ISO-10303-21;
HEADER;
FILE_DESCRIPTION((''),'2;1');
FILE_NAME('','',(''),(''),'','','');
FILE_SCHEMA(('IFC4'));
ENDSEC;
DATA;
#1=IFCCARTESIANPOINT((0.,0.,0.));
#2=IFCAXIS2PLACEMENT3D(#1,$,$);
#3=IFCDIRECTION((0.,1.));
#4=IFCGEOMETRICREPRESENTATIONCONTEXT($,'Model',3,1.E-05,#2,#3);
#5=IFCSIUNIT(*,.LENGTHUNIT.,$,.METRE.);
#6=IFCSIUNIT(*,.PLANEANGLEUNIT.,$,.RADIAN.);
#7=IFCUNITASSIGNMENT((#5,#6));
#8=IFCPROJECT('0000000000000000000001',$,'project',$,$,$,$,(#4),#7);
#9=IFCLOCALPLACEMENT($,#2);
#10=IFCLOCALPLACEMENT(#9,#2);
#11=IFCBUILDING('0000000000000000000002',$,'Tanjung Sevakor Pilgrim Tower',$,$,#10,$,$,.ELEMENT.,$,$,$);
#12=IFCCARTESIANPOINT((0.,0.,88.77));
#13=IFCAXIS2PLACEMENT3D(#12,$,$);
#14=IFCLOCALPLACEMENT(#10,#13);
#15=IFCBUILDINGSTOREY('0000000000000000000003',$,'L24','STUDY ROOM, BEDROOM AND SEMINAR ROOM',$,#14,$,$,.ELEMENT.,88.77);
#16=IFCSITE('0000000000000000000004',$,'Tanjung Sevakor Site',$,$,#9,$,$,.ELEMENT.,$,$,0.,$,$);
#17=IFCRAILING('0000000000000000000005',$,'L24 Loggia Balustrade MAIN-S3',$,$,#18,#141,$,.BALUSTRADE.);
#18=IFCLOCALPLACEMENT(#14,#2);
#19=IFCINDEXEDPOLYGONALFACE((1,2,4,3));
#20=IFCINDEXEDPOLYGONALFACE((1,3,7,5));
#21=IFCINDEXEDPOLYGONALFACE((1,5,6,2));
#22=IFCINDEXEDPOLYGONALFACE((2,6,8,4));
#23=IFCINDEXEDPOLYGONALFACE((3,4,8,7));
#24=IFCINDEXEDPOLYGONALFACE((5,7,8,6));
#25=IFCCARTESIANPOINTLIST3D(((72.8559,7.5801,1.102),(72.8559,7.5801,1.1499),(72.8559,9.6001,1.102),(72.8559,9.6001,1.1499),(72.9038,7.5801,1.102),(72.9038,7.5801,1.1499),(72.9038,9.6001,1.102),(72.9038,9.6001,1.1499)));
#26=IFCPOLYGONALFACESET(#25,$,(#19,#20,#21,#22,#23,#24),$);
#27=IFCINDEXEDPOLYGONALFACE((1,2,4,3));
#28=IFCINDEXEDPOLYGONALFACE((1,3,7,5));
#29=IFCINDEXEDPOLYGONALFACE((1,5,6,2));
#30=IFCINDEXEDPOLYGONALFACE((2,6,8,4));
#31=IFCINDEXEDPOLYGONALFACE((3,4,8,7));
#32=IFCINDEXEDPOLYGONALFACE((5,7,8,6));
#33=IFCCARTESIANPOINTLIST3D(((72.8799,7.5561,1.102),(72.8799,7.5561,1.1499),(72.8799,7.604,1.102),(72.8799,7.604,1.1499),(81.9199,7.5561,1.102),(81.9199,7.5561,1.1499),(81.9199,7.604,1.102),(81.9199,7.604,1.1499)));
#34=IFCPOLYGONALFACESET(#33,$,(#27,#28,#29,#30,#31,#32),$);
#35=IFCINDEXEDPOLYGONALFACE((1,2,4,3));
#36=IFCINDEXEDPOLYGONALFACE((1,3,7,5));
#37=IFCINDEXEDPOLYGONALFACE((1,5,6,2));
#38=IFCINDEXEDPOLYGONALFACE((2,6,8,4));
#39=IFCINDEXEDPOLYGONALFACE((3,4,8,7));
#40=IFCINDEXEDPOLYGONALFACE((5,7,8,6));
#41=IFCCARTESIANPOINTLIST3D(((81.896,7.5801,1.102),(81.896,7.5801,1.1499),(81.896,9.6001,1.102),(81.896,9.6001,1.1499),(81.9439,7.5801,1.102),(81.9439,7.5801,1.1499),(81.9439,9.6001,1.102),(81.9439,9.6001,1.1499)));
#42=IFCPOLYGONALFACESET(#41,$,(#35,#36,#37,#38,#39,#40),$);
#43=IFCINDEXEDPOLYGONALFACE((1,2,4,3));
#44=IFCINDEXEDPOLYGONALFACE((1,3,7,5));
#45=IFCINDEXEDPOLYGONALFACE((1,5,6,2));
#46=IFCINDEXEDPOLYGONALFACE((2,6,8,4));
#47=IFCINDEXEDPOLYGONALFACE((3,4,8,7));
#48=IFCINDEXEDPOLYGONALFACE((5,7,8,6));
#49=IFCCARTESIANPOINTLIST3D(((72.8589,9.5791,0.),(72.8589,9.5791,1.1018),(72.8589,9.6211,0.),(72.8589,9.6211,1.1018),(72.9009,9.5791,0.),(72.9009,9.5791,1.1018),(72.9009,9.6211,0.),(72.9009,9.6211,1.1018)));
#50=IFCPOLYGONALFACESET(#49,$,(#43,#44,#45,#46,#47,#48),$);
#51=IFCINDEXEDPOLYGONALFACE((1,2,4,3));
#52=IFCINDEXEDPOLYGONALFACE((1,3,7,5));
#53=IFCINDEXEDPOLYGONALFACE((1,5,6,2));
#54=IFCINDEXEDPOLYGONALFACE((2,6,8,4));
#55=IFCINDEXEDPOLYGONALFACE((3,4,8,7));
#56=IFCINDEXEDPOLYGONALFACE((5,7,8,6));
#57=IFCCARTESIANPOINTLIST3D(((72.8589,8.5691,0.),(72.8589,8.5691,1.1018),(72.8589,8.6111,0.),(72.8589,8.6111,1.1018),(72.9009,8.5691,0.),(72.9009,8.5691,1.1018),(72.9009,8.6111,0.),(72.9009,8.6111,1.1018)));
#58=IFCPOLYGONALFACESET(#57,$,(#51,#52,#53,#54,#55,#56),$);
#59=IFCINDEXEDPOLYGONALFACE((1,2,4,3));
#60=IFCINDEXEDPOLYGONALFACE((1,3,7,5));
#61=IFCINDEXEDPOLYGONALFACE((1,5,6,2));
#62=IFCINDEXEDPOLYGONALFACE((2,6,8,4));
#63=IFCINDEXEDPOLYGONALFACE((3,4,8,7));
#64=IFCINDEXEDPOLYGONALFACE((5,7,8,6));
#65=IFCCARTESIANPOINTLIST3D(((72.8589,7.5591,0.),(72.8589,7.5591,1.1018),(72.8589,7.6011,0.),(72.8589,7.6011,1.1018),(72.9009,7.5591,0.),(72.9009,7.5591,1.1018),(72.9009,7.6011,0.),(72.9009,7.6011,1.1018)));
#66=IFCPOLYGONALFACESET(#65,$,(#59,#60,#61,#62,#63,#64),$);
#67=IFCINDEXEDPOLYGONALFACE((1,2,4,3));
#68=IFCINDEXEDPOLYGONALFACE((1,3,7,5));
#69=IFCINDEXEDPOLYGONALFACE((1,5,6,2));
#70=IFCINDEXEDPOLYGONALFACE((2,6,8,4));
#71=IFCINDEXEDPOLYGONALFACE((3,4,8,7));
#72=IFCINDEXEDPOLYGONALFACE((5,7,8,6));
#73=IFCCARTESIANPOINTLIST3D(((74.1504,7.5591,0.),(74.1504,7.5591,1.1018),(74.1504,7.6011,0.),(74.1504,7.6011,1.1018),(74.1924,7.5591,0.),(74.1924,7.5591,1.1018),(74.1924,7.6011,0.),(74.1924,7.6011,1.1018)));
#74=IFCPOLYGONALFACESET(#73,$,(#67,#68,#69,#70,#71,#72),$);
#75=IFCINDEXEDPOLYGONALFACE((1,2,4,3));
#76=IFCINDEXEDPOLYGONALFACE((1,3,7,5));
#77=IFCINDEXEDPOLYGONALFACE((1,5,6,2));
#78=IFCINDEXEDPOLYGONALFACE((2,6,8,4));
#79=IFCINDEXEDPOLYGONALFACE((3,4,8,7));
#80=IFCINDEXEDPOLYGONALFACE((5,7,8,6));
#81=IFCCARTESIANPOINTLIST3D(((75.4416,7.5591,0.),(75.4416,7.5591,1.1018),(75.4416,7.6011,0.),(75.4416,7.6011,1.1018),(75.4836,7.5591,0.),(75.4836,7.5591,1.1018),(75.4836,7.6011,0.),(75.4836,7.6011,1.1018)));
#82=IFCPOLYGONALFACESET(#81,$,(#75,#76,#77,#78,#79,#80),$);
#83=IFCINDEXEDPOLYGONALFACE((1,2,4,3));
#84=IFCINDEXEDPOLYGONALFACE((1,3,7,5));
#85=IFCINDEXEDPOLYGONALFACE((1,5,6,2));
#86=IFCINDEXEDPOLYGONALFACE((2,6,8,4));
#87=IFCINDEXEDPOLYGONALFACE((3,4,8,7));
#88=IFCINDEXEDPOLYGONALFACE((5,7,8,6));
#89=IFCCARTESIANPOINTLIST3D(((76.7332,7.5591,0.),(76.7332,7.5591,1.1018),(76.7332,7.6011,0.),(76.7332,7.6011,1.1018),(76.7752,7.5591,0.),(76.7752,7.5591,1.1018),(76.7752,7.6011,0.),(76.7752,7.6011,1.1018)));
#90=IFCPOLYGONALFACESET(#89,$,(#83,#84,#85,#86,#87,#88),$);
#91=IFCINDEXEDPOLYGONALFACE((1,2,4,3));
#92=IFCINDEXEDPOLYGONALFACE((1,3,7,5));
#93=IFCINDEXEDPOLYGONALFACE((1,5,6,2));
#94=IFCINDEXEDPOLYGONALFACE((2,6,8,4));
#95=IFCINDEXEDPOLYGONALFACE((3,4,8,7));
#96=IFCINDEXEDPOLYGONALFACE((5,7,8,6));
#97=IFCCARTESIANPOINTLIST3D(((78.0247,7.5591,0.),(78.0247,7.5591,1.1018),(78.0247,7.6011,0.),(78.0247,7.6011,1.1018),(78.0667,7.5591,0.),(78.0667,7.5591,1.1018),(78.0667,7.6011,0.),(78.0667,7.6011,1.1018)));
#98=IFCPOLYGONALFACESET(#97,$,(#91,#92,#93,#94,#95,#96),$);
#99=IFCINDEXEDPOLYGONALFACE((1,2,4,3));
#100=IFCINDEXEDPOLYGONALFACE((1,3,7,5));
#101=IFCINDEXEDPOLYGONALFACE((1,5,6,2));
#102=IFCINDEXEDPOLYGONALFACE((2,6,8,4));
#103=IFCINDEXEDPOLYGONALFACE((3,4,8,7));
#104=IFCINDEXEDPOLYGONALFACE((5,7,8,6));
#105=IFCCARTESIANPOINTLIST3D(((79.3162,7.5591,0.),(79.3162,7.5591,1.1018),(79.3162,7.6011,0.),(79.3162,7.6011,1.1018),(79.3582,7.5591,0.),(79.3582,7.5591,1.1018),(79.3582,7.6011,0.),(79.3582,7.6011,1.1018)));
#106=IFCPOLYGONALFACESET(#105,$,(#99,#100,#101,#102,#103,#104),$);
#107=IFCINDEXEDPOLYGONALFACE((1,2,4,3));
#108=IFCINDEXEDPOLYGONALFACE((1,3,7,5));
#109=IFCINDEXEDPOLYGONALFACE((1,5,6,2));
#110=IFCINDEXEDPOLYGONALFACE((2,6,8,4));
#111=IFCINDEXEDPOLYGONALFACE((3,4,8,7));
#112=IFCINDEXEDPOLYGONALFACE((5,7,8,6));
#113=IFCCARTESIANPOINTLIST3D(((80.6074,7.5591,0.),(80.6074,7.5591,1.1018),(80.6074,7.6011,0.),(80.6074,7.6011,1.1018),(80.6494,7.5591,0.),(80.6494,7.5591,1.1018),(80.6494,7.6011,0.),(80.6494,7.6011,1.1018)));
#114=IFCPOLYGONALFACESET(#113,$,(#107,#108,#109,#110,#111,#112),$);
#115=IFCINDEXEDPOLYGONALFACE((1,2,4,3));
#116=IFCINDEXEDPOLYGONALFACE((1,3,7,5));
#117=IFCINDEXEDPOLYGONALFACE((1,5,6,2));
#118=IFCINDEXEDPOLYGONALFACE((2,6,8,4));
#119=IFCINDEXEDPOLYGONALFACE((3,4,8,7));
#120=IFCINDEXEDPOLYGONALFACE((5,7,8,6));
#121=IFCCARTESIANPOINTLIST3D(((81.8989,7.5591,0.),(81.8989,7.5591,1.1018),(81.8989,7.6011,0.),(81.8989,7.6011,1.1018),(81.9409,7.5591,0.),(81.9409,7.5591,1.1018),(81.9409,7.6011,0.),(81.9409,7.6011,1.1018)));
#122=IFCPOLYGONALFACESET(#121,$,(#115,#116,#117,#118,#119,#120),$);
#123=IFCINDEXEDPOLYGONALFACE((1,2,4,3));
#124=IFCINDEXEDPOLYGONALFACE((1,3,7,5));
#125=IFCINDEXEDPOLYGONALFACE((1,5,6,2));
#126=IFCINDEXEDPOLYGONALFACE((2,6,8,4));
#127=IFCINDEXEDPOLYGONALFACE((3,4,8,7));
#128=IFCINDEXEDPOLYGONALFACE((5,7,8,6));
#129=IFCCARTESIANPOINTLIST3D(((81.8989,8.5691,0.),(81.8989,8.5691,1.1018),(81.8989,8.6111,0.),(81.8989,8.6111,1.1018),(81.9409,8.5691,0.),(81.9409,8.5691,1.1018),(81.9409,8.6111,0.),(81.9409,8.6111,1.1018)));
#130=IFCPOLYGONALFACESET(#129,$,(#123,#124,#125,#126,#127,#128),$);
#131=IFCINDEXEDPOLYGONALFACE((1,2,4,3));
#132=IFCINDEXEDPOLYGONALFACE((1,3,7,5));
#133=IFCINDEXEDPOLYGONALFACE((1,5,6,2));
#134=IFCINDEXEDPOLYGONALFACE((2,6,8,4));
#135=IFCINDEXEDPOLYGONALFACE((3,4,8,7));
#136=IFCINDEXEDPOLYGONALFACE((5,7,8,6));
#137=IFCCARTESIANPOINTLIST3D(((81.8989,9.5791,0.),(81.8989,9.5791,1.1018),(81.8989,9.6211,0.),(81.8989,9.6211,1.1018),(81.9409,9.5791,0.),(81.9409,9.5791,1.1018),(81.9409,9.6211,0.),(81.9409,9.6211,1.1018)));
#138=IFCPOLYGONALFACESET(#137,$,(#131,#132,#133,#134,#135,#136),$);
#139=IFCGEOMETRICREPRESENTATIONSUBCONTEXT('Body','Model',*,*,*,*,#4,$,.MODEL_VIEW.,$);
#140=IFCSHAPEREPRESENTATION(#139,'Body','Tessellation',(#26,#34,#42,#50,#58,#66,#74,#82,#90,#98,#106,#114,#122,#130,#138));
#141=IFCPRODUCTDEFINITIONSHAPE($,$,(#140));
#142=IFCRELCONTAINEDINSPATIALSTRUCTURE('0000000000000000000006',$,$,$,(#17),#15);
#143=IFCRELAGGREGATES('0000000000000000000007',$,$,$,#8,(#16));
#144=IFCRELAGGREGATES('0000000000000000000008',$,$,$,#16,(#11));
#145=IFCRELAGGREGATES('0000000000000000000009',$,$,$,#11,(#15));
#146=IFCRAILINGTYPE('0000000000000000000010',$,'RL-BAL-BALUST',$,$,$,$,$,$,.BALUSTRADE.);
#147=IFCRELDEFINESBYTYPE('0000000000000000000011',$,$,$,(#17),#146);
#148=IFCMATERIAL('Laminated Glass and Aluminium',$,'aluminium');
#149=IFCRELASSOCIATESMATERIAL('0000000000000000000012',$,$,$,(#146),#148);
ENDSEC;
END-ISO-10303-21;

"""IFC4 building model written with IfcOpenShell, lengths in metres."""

from ifc_helpers import new_model, si_unit, direction, frame, origin, place, context, subcontext, project, spatial, rectangle, extrude, material, type_object, element, save


model = new_model("IFC4")

# Units and contexts
model_context = context("Model", 3, precision=1e-05, world=origin(), true_north=direction((0.0, 1.0)))
body_context = subcontext(model_context, "Body", "Model", "MODEL_VIEW")
ifc_project = project(units=[si_unit("LENGTHUNIT", "METRE"), si_unit("PLANEANGLEUNIT", "RADIAN")], contexts=[model_context])

# Site, building, storey
site_placement = place(None, origin())
site = spatial("IfcSite", under=ifc_project, at=site_placement, Name="Tanjung Sevakor Site", CompositionType="ELEMENT", RefElevation=0.0)
building_placement = place(site_placement, origin())
building = spatial("IfcBuilding", under=site, at=building_placement, Name="Tanjung Sevakor Pilgrim Tower", CompositionType="ELEMENT")
storey_placement = place(building_placement, frame((0.0, 0.0, 88.77)))
storey = spatial("IfcBuildingStorey", under=building, at=storey_placement, Name="L24", Description="STUDY ROOM, BEDROOM AND SEMINAR ROOM", CompositionType="ELEMENT", Elevation=88.77)

# Railing
ifc_material_1 = material(Name="Laminated Glass and Aluminium", Category="aluminium")
railing_type = type_object("IfcRailingType", Name="RL-BAL-BALUST", PredefinedType="BALUSTRADE", material=ifc_material_1)
railing_1_placement = place(storey_placement, frame((72.8799, 9.6001, 0.0)))
element("IfcRailing", 1, at=railing_1_placement, inside=storey, type_object=railing_type, Name="L24 Loggia Balustrade MAIN-S3", PredefinedType="BALUSTRADE", context=body_context, shape_type="SweptSolid", body=[
    extrude(rectangle(XDim=0.0479, YDim=0.0479), frame((0.0, 0.0, 1.126), z_axis=(0.0, -1.0, 0.0), x_axis=(1.0, 0.0, 0.0)), (0.0, 0.0, 1.0), 2.02),
    extrude(rectangle(XDim=0.0479, YDim=0.0479), frame((0.0, -2.02, 1.126), z_axis=(1.0, 0.0, 0.0), x_axis=(0.0, 1.0, 0.0)), (0.0, 0.0, 1.0), 9.04),
    extrude(rectangle(XDim=0.0479, YDim=0.0479), frame((9.04, -2.02, 1.126), z_axis=(0.0, 1.0, 0.0), x_axis=(-1.0, 0.0, 0.0)), (0.0, 0.0, 1.0), 2.02),
    extrude(rectangle(XDim=0.042, YDim=0.042), origin(), (0.0, 0.0, 1.0), 1.1018),
    extrude(rectangle(XDim=0.042, YDim=0.042), frame((0.0, -1.01, 0.0)), (0.0, 0.0, 1.0), 1.1018),
    extrude(rectangle(XDim=0.042, YDim=0.042), frame((0.0, -2.02, 0.0)), (0.0, 0.0, 1.0), 1.1018),
    extrude(rectangle(XDim=0.042, YDim=0.042), frame((1.2915, -2.02, 0.0)), (0.0, 0.0, 1.0), 1.1018),
    extrude(rectangle(XDim=0.042, YDim=0.042), frame((2.5828, -2.02, 0.0)), (0.0, 0.0, 1.0), 1.1018),
    extrude(rectangle(XDim=0.042, YDim=0.042), frame((3.8743, -2.02, 0.0)), (0.0, 0.0, 1.0), 1.1018),
    extrude(rectangle(XDim=0.042, YDim=0.042), frame((5.1658, -2.02, 0.0)), (0.0, 0.0, 1.0), 1.1018),
    extrude(rectangle(XDim=0.042, YDim=0.042), frame((6.4573, -2.02, 0.0)), (0.0, 0.0, 1.0), 1.1018),
    extrude(rectangle(XDim=0.042, YDim=0.042), frame((7.7485, -2.02, 0.0)), (0.0, 0.0, 1.0), 1.1018),
    extrude(rectangle(XDim=0.042, YDim=0.042), frame((9.04, -2.02, 0.0)), (0.0, 0.0, 1.0), 1.1018),
    extrude(rectangle(XDim=0.042, YDim=0.042), frame((9.04, -1.01, 0.0)), (0.0, 0.0, 1.0), 1.1018),
    extrude(rectangle(XDim=0.042, YDim=0.042), frame((9.04, 0.0, 0.0)), (0.0, 0.0, 1.0), 1.1018),
])

save(model, "model.ifc")
